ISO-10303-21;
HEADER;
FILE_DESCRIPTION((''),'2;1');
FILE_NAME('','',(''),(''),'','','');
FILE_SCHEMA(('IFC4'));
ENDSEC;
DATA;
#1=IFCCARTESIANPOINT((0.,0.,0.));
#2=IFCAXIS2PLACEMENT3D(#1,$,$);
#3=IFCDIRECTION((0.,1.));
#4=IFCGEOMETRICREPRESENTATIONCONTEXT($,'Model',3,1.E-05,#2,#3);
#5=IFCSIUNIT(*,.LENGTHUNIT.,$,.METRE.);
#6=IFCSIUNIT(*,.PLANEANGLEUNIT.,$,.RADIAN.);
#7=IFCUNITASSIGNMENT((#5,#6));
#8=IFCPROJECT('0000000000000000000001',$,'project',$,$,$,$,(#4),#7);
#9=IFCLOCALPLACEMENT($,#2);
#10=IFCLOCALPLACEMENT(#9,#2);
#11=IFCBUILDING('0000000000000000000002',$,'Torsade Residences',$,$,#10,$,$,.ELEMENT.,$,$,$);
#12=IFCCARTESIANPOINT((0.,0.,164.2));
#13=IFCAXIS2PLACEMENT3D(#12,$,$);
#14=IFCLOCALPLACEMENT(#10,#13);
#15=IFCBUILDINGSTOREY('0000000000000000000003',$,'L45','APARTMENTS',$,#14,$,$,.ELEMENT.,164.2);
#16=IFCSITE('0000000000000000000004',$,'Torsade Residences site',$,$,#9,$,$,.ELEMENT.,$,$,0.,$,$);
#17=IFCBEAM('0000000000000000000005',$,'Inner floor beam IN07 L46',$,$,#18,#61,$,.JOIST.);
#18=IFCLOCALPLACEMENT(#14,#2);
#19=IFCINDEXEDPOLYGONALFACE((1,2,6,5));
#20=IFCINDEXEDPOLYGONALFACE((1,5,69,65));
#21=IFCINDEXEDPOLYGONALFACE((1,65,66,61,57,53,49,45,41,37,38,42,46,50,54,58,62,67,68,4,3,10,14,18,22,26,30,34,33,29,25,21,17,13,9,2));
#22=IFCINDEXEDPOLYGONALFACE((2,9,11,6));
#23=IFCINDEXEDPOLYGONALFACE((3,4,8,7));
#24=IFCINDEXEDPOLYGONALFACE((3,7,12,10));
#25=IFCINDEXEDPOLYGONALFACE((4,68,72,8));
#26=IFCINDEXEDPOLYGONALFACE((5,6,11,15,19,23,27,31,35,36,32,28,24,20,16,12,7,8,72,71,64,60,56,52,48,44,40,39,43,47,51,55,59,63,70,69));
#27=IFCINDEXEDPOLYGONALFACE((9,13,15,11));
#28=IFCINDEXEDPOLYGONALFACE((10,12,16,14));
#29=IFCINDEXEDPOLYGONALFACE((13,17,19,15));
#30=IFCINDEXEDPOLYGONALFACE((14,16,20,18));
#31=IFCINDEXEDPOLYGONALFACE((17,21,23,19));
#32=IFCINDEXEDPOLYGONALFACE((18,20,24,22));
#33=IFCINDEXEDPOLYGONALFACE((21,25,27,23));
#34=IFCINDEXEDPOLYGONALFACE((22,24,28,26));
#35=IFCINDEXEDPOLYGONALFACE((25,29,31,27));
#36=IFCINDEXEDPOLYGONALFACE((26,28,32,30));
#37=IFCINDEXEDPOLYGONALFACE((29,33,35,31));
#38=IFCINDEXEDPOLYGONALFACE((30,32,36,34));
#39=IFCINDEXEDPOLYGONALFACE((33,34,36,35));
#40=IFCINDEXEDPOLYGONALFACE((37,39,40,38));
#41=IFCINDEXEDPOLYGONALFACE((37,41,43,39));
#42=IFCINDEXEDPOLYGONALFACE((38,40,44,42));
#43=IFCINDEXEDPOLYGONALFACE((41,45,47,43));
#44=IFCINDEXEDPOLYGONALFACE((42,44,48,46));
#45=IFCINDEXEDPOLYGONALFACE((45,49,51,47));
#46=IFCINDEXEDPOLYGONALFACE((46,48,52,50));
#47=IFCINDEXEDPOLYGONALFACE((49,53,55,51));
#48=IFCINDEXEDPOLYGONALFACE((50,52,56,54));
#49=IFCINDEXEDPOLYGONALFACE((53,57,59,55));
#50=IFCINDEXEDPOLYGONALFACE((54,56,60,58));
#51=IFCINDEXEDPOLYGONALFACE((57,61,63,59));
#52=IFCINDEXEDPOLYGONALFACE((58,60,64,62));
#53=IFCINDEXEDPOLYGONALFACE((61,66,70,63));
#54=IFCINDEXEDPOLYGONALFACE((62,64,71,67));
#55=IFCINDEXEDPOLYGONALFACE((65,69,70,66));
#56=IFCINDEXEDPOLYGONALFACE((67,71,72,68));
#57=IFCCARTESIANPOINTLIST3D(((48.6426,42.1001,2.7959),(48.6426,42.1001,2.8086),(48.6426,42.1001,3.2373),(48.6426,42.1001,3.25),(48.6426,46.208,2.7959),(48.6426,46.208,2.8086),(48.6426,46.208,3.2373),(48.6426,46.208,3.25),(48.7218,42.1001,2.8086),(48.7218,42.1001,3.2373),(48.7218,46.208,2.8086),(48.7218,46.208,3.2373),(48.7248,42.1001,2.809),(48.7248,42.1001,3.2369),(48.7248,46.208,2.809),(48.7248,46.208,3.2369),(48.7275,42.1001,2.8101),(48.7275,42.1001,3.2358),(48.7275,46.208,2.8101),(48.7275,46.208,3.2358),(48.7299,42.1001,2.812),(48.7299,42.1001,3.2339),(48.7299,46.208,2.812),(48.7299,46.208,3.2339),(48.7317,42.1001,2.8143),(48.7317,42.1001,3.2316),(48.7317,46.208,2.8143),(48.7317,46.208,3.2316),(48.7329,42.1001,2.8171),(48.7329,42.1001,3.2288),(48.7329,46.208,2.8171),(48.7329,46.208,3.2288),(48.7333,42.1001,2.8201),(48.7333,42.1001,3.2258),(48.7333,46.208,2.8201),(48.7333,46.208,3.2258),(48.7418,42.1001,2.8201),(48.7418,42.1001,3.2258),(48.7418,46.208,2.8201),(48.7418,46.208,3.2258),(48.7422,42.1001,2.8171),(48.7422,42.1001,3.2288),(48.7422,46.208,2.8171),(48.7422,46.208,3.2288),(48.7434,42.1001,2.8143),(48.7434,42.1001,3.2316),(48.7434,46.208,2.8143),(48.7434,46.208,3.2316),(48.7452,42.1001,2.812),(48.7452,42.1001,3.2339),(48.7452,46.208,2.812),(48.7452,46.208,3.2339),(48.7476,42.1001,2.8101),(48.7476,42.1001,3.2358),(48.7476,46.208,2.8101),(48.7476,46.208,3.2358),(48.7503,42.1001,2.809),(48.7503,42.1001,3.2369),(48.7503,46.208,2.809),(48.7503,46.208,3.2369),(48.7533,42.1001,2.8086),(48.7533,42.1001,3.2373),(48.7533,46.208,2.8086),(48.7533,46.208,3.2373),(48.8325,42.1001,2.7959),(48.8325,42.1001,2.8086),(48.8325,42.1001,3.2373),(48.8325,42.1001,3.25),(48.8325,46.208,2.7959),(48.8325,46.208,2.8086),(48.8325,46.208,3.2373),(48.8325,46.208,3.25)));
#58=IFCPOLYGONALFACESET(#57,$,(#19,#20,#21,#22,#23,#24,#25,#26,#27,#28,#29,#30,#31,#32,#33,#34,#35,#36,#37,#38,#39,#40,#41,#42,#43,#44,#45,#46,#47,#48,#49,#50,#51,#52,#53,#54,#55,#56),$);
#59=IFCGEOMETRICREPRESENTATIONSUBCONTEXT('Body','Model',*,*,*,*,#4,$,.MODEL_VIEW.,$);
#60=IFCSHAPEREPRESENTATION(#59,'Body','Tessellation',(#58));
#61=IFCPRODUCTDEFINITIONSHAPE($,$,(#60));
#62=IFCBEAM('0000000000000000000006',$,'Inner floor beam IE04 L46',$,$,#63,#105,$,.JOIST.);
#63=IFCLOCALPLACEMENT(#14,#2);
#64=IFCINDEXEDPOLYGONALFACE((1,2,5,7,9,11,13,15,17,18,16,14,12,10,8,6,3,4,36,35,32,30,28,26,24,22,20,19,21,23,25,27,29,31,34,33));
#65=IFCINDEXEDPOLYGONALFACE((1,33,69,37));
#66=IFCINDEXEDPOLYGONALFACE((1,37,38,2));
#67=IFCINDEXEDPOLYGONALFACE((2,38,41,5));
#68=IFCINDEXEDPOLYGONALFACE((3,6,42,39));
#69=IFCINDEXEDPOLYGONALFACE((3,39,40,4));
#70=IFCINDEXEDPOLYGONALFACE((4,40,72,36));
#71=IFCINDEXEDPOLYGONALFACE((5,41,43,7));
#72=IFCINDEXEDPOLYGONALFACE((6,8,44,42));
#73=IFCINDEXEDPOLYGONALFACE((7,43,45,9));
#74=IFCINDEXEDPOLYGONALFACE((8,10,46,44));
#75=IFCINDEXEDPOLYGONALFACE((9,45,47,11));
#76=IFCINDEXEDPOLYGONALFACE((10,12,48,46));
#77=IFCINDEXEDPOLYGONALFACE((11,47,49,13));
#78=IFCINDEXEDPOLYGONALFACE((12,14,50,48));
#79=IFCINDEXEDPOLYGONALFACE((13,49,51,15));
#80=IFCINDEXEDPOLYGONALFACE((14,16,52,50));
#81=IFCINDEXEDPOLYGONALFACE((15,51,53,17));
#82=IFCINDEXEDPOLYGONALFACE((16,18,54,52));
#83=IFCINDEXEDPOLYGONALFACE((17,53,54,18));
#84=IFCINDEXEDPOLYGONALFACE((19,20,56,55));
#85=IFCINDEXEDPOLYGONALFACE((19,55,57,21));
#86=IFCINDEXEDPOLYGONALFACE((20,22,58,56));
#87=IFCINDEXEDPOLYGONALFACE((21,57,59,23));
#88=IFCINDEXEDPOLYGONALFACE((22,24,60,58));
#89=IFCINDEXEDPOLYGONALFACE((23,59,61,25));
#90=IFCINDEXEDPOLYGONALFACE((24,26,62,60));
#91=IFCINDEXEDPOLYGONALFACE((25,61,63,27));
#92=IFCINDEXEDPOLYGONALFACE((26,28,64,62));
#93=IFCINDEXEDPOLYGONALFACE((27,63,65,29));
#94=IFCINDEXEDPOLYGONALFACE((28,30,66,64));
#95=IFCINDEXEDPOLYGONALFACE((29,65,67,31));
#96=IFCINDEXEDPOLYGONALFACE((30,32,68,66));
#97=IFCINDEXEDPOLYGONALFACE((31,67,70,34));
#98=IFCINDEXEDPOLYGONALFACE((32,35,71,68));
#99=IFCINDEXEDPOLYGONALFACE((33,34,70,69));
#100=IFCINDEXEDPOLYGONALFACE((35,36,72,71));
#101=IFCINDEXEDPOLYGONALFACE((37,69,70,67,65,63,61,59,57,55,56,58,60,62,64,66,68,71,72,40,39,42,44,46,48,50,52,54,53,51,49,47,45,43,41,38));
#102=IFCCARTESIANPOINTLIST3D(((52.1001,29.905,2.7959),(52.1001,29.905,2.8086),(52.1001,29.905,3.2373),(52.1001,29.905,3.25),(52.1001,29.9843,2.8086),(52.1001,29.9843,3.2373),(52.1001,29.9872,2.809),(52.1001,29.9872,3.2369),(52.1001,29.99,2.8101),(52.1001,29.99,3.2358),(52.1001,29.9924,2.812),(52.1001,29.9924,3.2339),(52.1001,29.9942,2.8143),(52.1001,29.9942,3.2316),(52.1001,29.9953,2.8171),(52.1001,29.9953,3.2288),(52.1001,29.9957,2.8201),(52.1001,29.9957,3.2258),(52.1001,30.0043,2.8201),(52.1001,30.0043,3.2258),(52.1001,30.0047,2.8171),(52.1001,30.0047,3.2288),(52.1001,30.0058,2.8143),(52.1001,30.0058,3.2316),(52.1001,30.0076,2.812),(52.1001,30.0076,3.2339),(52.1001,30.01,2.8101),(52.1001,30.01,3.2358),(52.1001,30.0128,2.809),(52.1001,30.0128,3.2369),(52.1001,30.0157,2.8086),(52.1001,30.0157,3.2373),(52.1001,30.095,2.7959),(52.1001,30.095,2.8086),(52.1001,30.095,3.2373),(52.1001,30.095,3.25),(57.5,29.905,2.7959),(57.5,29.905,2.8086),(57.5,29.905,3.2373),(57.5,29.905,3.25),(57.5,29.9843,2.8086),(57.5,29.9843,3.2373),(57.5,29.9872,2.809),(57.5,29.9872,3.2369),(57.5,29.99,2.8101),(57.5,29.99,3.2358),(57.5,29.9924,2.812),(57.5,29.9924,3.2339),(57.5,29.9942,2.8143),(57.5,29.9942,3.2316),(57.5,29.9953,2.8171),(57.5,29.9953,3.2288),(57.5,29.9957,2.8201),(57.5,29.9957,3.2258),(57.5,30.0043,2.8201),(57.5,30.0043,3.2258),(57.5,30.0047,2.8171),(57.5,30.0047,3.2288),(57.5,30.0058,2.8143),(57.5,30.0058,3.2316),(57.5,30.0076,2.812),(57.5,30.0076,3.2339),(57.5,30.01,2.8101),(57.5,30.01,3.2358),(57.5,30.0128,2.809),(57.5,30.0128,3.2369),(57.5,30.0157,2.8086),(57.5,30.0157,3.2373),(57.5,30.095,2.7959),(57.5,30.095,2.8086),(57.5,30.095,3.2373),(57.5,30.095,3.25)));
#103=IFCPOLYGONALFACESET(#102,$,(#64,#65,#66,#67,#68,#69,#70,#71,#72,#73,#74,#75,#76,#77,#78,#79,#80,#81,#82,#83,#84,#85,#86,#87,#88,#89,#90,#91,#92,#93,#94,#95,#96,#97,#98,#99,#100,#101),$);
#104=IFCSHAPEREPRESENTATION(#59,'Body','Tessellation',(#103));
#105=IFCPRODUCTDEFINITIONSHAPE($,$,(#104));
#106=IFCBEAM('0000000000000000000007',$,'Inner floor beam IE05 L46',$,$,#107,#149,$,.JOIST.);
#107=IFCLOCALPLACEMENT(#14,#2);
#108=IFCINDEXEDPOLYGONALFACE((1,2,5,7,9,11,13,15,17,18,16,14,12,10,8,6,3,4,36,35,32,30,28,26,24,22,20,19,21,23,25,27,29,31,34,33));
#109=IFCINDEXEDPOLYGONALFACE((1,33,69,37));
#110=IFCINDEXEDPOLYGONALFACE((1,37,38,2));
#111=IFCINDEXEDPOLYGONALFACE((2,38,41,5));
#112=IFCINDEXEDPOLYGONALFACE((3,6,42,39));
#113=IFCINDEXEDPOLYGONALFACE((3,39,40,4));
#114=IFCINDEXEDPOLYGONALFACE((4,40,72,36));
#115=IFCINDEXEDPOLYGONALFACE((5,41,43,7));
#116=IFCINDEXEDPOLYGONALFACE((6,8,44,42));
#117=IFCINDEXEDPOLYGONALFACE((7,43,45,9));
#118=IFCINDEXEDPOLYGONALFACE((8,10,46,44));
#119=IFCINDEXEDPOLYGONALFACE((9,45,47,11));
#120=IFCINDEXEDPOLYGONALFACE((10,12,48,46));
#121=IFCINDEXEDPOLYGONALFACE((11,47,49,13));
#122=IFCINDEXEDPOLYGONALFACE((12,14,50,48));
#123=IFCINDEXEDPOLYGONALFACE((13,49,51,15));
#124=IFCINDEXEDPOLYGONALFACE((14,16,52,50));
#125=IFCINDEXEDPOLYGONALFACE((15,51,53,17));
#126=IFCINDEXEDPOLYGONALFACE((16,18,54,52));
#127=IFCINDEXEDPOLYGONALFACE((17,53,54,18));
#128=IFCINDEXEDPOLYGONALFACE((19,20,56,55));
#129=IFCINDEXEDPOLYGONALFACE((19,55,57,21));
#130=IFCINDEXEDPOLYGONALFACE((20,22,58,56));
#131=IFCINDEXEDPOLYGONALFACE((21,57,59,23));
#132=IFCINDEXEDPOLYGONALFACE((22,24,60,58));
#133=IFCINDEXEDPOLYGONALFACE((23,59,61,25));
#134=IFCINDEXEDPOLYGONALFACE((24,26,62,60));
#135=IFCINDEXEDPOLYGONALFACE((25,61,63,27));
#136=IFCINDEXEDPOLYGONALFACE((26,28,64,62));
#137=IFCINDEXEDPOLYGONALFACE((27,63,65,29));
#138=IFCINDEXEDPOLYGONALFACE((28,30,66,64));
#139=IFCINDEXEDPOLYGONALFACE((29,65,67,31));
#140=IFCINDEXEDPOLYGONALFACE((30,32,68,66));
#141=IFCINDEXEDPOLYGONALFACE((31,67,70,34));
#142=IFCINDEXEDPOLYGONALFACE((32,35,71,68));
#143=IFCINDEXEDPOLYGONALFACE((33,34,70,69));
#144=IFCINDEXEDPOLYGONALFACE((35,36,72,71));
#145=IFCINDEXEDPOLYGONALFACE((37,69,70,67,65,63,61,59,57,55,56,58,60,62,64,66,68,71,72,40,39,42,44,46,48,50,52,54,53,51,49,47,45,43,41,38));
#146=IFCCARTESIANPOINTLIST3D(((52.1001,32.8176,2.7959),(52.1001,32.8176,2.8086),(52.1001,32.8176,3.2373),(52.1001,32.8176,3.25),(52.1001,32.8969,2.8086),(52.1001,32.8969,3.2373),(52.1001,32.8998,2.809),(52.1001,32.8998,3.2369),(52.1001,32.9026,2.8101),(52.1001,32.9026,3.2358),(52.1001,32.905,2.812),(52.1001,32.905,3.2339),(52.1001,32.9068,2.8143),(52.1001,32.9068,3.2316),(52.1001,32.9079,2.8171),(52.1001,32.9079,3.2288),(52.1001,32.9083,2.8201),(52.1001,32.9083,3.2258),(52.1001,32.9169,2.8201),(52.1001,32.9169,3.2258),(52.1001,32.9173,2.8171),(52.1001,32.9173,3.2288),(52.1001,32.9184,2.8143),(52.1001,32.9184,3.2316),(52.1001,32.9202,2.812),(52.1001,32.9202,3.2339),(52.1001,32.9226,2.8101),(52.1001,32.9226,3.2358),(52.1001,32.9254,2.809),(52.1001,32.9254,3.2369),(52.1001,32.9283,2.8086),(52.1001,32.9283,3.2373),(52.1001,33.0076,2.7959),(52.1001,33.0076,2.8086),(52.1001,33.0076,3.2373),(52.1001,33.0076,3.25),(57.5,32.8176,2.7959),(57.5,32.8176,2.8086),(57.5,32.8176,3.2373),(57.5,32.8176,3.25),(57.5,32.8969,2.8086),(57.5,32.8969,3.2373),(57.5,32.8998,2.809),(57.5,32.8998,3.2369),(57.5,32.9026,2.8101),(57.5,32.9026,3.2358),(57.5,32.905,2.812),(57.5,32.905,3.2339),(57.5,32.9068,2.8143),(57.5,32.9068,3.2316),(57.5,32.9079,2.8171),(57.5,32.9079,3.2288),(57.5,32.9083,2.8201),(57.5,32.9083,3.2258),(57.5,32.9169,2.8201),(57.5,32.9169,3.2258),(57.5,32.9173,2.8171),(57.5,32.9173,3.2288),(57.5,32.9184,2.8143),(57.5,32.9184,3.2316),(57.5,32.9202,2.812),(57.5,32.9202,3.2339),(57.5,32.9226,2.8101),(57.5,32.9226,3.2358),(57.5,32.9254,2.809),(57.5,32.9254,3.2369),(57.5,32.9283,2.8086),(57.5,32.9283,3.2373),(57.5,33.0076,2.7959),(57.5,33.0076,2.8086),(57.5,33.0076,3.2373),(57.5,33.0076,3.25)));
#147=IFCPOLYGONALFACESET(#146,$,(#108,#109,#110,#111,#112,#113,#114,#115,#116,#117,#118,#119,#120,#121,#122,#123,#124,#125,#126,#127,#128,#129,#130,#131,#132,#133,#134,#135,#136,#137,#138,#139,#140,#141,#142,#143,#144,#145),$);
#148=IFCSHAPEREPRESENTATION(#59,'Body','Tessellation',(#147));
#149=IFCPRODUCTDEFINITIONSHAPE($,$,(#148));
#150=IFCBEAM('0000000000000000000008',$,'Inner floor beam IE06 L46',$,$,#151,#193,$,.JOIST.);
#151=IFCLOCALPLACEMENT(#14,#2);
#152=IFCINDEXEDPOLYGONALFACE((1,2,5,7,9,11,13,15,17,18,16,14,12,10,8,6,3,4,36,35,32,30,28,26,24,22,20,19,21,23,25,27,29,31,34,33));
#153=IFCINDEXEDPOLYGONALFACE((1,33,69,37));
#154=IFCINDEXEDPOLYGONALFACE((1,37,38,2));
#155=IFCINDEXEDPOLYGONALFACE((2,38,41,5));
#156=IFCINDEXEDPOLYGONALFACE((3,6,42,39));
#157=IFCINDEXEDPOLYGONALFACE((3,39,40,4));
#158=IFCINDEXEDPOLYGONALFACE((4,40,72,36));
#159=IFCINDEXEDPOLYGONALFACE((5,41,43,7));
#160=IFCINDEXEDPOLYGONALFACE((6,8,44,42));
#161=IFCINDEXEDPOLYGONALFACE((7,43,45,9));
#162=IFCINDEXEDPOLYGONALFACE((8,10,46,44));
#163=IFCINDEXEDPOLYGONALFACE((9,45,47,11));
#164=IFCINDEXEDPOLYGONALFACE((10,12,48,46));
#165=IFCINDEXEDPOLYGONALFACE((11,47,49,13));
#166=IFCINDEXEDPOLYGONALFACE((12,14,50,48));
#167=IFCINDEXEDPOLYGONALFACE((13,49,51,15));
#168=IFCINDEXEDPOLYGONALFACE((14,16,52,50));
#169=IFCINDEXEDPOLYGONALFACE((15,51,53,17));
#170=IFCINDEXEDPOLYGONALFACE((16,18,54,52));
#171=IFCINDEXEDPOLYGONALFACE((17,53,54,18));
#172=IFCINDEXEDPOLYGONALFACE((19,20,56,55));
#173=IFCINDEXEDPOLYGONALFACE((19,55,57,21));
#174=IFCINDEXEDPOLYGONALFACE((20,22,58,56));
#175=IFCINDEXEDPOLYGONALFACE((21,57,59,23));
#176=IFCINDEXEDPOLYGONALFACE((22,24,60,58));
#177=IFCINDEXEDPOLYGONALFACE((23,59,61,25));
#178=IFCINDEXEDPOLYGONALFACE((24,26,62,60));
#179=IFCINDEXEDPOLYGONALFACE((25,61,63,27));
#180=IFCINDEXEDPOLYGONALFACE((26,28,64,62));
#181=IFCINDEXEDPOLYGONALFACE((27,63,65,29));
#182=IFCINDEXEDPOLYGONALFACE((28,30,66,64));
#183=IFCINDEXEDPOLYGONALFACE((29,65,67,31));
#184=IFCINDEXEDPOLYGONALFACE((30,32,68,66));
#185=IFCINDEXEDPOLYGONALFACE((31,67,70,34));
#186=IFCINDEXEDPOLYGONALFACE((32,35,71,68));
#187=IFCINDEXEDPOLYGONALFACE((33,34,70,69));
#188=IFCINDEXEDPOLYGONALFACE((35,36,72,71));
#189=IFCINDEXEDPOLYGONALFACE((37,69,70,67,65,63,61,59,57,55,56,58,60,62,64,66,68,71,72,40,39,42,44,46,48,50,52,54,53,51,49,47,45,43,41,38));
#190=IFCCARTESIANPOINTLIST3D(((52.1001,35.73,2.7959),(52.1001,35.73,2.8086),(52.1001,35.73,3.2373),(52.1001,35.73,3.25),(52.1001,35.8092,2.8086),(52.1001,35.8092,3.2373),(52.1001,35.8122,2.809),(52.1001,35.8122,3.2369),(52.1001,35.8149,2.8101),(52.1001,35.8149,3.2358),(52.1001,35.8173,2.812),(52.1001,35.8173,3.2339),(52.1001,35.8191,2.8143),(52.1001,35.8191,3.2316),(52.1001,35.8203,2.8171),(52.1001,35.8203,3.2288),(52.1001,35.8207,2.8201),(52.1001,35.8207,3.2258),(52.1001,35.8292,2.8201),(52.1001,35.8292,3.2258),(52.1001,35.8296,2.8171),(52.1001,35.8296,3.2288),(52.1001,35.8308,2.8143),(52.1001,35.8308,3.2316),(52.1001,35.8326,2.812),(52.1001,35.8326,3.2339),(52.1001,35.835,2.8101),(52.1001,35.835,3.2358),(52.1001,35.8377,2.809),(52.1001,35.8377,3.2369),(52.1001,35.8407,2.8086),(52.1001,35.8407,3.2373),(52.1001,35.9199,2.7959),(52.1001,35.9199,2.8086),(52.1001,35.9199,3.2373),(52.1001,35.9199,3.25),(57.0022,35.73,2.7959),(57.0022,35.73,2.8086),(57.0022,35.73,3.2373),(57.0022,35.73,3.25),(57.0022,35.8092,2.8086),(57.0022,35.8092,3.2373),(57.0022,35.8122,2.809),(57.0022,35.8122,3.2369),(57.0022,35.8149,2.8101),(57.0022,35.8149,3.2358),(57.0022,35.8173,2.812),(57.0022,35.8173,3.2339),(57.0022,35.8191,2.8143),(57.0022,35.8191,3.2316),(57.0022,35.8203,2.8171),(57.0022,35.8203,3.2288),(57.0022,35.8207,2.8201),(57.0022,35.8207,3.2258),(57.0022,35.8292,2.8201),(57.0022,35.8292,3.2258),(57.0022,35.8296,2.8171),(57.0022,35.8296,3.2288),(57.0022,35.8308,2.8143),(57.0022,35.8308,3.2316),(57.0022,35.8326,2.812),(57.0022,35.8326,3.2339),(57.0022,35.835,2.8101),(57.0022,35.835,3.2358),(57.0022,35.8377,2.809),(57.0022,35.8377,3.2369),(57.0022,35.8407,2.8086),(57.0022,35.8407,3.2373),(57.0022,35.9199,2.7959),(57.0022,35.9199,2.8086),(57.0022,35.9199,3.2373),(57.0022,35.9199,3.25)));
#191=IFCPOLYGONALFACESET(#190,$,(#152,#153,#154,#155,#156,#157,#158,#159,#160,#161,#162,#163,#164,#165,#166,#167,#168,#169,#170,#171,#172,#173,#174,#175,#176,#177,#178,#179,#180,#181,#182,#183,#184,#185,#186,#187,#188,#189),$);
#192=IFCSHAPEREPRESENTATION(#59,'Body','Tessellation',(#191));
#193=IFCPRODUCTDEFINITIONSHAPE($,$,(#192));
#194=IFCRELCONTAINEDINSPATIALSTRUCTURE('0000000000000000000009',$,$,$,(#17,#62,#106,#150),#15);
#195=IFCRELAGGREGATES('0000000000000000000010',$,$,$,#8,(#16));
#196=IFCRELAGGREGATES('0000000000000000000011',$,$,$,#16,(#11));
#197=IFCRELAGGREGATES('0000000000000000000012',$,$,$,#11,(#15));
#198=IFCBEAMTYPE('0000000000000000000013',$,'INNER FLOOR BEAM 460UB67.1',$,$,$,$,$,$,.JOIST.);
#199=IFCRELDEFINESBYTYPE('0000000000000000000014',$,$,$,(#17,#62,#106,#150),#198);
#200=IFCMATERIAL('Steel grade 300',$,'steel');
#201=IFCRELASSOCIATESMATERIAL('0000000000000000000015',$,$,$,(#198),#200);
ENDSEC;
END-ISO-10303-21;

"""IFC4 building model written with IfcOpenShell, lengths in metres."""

from ifc_helpers import new_model, si_unit, direction, frame, origin, origin_2d, place, context, subcontext, project, spatial, i_section, extrude, material, material_profile, profile_set, type_object, element, save


model = new_model("IFC4")

# Units and contexts
model_context = context("Model", 3, precision=1e-05, world=origin(), true_north=direction((0.0, 1.0)))
body_context = subcontext(model_context, "Body", "Model", "MODEL_VIEW")
ifc_project = project(units=[si_unit("LENGTHUNIT", "METRE"), si_unit("PLANEANGLEUNIT", "RADIAN")], contexts=[model_context])

# Site, building, storey
site_placement = place(None, origin())
site = spatial("IfcSite", under=ifc_project, at=site_placement, Name="Torsade Residences site", CompositionType="ELEMENT", RefElevation=0.0)
building_placement = place(site_placement, origin())
building = spatial("IfcBuilding", under=site, at=building_placement, Name="Torsade Residences", CompositionType="ELEMENT")
storey_placement = place(building_placement, frame((0.0, 0.0, 164.2)))
storey = spatial("IfcBuildingStorey", under=building, at=storey_placement, Name="L45", Description="APARTMENTS", CompositionType="ELEMENT", Elevation=164.2)

# Beams
ifc_material_1 = material(Name="Steel grade 300", Category="steel")
ifc_material_profile_1 = material_profile(ifc_material_1, i_section(OverallWidth=0.1899, OverallDepth=0.4541, WebThickness=0.0085, FlangeThickness=0.0127, FilletRadius=0.0115, at=origin_2d()), Name="460UB67.1")
ifc_profile_set_1 = profile_set([ifc_material_profile_1], Name="Steel grade 300")
beam_type_1 = type_object("IfcBeamType", Name="INNER FLOOR BEAM 460UB67.1", PredefinedType="JOIST", material=ifc_profile_set_1)
beam_1_placement = place(storey_placement, frame((48.7375, 42.1001, 3.0229), z_axis=(0.0, 1.0, 0.0), x_axis=(-1.0, 0.0, 0.0)))
element("IfcBeam", 1, at=beam_1_placement, inside=storey, type_object=beam_type_1, Name="Inner floor beam IN07 L46", PredefinedType="JOIST", context=body_context, shape_type="SweptSolid", body=[
    extrude(i_section(OverallWidth=0.1899, OverallDepth=0.4541, WebThickness=0.0085, FlangeThickness=0.0127, FilletRadius=0.0115, at=origin_2d()), origin(), (0.0, 0.0, 1.0), 4.1079),
])
for number, where, z_axis, x_axis, name in (
    (2, (52.1001, 30.0, 3.0229), (1.0, 0.0, 0.0), (0.0, 1.0, 0.0), "Inner floor beam IE04 L46"),
    (3, (52.1001, 32.9126, 3.0229), (1.0, 0.0, 0.0), (0.0, 1.0, 0.0), "Inner floor beam IE05 L46"),
):
    element("IfcBeam", number, at=place(storey_placement, frame(where, z_axis=z_axis, x_axis=x_axis)), inside=storey, type_object=beam_type_1, Name=name, PredefinedType="JOIST", context=body_context, shape_type="SweptSolid", body=[
        extrude(i_section(OverallWidth=0.1899, OverallDepth=0.4541, WebThickness=0.0085, FlangeThickness=0.0127, FilletRadius=0.0115, at=origin_2d()), origin(), (0.0, 0.0, 1.0), 5.3999),
    ])
beam_2_placement = place(storey_placement, frame((52.1001, 35.825, 3.0229), z_axis=(1.0, 0.0, 0.0), x_axis=(0.0, 1.0, 0.0)))
element("IfcBeam", 4, at=beam_2_placement, inside=storey, type_object=beam_type_1, Name="Inner floor beam IE06 L46", PredefinedType="JOIST", context=body_context, shape_type="SweptSolid", body=[
    extrude(i_section(OverallWidth=0.1899, OverallDepth=0.4541, WebThickness=0.0085, FlangeThickness=0.0127, FilletRadius=0.0115, at=origin_2d()), origin(), (0.0, 0.0, 1.0), 4.9021),
])

save(model, "model.ifc")
